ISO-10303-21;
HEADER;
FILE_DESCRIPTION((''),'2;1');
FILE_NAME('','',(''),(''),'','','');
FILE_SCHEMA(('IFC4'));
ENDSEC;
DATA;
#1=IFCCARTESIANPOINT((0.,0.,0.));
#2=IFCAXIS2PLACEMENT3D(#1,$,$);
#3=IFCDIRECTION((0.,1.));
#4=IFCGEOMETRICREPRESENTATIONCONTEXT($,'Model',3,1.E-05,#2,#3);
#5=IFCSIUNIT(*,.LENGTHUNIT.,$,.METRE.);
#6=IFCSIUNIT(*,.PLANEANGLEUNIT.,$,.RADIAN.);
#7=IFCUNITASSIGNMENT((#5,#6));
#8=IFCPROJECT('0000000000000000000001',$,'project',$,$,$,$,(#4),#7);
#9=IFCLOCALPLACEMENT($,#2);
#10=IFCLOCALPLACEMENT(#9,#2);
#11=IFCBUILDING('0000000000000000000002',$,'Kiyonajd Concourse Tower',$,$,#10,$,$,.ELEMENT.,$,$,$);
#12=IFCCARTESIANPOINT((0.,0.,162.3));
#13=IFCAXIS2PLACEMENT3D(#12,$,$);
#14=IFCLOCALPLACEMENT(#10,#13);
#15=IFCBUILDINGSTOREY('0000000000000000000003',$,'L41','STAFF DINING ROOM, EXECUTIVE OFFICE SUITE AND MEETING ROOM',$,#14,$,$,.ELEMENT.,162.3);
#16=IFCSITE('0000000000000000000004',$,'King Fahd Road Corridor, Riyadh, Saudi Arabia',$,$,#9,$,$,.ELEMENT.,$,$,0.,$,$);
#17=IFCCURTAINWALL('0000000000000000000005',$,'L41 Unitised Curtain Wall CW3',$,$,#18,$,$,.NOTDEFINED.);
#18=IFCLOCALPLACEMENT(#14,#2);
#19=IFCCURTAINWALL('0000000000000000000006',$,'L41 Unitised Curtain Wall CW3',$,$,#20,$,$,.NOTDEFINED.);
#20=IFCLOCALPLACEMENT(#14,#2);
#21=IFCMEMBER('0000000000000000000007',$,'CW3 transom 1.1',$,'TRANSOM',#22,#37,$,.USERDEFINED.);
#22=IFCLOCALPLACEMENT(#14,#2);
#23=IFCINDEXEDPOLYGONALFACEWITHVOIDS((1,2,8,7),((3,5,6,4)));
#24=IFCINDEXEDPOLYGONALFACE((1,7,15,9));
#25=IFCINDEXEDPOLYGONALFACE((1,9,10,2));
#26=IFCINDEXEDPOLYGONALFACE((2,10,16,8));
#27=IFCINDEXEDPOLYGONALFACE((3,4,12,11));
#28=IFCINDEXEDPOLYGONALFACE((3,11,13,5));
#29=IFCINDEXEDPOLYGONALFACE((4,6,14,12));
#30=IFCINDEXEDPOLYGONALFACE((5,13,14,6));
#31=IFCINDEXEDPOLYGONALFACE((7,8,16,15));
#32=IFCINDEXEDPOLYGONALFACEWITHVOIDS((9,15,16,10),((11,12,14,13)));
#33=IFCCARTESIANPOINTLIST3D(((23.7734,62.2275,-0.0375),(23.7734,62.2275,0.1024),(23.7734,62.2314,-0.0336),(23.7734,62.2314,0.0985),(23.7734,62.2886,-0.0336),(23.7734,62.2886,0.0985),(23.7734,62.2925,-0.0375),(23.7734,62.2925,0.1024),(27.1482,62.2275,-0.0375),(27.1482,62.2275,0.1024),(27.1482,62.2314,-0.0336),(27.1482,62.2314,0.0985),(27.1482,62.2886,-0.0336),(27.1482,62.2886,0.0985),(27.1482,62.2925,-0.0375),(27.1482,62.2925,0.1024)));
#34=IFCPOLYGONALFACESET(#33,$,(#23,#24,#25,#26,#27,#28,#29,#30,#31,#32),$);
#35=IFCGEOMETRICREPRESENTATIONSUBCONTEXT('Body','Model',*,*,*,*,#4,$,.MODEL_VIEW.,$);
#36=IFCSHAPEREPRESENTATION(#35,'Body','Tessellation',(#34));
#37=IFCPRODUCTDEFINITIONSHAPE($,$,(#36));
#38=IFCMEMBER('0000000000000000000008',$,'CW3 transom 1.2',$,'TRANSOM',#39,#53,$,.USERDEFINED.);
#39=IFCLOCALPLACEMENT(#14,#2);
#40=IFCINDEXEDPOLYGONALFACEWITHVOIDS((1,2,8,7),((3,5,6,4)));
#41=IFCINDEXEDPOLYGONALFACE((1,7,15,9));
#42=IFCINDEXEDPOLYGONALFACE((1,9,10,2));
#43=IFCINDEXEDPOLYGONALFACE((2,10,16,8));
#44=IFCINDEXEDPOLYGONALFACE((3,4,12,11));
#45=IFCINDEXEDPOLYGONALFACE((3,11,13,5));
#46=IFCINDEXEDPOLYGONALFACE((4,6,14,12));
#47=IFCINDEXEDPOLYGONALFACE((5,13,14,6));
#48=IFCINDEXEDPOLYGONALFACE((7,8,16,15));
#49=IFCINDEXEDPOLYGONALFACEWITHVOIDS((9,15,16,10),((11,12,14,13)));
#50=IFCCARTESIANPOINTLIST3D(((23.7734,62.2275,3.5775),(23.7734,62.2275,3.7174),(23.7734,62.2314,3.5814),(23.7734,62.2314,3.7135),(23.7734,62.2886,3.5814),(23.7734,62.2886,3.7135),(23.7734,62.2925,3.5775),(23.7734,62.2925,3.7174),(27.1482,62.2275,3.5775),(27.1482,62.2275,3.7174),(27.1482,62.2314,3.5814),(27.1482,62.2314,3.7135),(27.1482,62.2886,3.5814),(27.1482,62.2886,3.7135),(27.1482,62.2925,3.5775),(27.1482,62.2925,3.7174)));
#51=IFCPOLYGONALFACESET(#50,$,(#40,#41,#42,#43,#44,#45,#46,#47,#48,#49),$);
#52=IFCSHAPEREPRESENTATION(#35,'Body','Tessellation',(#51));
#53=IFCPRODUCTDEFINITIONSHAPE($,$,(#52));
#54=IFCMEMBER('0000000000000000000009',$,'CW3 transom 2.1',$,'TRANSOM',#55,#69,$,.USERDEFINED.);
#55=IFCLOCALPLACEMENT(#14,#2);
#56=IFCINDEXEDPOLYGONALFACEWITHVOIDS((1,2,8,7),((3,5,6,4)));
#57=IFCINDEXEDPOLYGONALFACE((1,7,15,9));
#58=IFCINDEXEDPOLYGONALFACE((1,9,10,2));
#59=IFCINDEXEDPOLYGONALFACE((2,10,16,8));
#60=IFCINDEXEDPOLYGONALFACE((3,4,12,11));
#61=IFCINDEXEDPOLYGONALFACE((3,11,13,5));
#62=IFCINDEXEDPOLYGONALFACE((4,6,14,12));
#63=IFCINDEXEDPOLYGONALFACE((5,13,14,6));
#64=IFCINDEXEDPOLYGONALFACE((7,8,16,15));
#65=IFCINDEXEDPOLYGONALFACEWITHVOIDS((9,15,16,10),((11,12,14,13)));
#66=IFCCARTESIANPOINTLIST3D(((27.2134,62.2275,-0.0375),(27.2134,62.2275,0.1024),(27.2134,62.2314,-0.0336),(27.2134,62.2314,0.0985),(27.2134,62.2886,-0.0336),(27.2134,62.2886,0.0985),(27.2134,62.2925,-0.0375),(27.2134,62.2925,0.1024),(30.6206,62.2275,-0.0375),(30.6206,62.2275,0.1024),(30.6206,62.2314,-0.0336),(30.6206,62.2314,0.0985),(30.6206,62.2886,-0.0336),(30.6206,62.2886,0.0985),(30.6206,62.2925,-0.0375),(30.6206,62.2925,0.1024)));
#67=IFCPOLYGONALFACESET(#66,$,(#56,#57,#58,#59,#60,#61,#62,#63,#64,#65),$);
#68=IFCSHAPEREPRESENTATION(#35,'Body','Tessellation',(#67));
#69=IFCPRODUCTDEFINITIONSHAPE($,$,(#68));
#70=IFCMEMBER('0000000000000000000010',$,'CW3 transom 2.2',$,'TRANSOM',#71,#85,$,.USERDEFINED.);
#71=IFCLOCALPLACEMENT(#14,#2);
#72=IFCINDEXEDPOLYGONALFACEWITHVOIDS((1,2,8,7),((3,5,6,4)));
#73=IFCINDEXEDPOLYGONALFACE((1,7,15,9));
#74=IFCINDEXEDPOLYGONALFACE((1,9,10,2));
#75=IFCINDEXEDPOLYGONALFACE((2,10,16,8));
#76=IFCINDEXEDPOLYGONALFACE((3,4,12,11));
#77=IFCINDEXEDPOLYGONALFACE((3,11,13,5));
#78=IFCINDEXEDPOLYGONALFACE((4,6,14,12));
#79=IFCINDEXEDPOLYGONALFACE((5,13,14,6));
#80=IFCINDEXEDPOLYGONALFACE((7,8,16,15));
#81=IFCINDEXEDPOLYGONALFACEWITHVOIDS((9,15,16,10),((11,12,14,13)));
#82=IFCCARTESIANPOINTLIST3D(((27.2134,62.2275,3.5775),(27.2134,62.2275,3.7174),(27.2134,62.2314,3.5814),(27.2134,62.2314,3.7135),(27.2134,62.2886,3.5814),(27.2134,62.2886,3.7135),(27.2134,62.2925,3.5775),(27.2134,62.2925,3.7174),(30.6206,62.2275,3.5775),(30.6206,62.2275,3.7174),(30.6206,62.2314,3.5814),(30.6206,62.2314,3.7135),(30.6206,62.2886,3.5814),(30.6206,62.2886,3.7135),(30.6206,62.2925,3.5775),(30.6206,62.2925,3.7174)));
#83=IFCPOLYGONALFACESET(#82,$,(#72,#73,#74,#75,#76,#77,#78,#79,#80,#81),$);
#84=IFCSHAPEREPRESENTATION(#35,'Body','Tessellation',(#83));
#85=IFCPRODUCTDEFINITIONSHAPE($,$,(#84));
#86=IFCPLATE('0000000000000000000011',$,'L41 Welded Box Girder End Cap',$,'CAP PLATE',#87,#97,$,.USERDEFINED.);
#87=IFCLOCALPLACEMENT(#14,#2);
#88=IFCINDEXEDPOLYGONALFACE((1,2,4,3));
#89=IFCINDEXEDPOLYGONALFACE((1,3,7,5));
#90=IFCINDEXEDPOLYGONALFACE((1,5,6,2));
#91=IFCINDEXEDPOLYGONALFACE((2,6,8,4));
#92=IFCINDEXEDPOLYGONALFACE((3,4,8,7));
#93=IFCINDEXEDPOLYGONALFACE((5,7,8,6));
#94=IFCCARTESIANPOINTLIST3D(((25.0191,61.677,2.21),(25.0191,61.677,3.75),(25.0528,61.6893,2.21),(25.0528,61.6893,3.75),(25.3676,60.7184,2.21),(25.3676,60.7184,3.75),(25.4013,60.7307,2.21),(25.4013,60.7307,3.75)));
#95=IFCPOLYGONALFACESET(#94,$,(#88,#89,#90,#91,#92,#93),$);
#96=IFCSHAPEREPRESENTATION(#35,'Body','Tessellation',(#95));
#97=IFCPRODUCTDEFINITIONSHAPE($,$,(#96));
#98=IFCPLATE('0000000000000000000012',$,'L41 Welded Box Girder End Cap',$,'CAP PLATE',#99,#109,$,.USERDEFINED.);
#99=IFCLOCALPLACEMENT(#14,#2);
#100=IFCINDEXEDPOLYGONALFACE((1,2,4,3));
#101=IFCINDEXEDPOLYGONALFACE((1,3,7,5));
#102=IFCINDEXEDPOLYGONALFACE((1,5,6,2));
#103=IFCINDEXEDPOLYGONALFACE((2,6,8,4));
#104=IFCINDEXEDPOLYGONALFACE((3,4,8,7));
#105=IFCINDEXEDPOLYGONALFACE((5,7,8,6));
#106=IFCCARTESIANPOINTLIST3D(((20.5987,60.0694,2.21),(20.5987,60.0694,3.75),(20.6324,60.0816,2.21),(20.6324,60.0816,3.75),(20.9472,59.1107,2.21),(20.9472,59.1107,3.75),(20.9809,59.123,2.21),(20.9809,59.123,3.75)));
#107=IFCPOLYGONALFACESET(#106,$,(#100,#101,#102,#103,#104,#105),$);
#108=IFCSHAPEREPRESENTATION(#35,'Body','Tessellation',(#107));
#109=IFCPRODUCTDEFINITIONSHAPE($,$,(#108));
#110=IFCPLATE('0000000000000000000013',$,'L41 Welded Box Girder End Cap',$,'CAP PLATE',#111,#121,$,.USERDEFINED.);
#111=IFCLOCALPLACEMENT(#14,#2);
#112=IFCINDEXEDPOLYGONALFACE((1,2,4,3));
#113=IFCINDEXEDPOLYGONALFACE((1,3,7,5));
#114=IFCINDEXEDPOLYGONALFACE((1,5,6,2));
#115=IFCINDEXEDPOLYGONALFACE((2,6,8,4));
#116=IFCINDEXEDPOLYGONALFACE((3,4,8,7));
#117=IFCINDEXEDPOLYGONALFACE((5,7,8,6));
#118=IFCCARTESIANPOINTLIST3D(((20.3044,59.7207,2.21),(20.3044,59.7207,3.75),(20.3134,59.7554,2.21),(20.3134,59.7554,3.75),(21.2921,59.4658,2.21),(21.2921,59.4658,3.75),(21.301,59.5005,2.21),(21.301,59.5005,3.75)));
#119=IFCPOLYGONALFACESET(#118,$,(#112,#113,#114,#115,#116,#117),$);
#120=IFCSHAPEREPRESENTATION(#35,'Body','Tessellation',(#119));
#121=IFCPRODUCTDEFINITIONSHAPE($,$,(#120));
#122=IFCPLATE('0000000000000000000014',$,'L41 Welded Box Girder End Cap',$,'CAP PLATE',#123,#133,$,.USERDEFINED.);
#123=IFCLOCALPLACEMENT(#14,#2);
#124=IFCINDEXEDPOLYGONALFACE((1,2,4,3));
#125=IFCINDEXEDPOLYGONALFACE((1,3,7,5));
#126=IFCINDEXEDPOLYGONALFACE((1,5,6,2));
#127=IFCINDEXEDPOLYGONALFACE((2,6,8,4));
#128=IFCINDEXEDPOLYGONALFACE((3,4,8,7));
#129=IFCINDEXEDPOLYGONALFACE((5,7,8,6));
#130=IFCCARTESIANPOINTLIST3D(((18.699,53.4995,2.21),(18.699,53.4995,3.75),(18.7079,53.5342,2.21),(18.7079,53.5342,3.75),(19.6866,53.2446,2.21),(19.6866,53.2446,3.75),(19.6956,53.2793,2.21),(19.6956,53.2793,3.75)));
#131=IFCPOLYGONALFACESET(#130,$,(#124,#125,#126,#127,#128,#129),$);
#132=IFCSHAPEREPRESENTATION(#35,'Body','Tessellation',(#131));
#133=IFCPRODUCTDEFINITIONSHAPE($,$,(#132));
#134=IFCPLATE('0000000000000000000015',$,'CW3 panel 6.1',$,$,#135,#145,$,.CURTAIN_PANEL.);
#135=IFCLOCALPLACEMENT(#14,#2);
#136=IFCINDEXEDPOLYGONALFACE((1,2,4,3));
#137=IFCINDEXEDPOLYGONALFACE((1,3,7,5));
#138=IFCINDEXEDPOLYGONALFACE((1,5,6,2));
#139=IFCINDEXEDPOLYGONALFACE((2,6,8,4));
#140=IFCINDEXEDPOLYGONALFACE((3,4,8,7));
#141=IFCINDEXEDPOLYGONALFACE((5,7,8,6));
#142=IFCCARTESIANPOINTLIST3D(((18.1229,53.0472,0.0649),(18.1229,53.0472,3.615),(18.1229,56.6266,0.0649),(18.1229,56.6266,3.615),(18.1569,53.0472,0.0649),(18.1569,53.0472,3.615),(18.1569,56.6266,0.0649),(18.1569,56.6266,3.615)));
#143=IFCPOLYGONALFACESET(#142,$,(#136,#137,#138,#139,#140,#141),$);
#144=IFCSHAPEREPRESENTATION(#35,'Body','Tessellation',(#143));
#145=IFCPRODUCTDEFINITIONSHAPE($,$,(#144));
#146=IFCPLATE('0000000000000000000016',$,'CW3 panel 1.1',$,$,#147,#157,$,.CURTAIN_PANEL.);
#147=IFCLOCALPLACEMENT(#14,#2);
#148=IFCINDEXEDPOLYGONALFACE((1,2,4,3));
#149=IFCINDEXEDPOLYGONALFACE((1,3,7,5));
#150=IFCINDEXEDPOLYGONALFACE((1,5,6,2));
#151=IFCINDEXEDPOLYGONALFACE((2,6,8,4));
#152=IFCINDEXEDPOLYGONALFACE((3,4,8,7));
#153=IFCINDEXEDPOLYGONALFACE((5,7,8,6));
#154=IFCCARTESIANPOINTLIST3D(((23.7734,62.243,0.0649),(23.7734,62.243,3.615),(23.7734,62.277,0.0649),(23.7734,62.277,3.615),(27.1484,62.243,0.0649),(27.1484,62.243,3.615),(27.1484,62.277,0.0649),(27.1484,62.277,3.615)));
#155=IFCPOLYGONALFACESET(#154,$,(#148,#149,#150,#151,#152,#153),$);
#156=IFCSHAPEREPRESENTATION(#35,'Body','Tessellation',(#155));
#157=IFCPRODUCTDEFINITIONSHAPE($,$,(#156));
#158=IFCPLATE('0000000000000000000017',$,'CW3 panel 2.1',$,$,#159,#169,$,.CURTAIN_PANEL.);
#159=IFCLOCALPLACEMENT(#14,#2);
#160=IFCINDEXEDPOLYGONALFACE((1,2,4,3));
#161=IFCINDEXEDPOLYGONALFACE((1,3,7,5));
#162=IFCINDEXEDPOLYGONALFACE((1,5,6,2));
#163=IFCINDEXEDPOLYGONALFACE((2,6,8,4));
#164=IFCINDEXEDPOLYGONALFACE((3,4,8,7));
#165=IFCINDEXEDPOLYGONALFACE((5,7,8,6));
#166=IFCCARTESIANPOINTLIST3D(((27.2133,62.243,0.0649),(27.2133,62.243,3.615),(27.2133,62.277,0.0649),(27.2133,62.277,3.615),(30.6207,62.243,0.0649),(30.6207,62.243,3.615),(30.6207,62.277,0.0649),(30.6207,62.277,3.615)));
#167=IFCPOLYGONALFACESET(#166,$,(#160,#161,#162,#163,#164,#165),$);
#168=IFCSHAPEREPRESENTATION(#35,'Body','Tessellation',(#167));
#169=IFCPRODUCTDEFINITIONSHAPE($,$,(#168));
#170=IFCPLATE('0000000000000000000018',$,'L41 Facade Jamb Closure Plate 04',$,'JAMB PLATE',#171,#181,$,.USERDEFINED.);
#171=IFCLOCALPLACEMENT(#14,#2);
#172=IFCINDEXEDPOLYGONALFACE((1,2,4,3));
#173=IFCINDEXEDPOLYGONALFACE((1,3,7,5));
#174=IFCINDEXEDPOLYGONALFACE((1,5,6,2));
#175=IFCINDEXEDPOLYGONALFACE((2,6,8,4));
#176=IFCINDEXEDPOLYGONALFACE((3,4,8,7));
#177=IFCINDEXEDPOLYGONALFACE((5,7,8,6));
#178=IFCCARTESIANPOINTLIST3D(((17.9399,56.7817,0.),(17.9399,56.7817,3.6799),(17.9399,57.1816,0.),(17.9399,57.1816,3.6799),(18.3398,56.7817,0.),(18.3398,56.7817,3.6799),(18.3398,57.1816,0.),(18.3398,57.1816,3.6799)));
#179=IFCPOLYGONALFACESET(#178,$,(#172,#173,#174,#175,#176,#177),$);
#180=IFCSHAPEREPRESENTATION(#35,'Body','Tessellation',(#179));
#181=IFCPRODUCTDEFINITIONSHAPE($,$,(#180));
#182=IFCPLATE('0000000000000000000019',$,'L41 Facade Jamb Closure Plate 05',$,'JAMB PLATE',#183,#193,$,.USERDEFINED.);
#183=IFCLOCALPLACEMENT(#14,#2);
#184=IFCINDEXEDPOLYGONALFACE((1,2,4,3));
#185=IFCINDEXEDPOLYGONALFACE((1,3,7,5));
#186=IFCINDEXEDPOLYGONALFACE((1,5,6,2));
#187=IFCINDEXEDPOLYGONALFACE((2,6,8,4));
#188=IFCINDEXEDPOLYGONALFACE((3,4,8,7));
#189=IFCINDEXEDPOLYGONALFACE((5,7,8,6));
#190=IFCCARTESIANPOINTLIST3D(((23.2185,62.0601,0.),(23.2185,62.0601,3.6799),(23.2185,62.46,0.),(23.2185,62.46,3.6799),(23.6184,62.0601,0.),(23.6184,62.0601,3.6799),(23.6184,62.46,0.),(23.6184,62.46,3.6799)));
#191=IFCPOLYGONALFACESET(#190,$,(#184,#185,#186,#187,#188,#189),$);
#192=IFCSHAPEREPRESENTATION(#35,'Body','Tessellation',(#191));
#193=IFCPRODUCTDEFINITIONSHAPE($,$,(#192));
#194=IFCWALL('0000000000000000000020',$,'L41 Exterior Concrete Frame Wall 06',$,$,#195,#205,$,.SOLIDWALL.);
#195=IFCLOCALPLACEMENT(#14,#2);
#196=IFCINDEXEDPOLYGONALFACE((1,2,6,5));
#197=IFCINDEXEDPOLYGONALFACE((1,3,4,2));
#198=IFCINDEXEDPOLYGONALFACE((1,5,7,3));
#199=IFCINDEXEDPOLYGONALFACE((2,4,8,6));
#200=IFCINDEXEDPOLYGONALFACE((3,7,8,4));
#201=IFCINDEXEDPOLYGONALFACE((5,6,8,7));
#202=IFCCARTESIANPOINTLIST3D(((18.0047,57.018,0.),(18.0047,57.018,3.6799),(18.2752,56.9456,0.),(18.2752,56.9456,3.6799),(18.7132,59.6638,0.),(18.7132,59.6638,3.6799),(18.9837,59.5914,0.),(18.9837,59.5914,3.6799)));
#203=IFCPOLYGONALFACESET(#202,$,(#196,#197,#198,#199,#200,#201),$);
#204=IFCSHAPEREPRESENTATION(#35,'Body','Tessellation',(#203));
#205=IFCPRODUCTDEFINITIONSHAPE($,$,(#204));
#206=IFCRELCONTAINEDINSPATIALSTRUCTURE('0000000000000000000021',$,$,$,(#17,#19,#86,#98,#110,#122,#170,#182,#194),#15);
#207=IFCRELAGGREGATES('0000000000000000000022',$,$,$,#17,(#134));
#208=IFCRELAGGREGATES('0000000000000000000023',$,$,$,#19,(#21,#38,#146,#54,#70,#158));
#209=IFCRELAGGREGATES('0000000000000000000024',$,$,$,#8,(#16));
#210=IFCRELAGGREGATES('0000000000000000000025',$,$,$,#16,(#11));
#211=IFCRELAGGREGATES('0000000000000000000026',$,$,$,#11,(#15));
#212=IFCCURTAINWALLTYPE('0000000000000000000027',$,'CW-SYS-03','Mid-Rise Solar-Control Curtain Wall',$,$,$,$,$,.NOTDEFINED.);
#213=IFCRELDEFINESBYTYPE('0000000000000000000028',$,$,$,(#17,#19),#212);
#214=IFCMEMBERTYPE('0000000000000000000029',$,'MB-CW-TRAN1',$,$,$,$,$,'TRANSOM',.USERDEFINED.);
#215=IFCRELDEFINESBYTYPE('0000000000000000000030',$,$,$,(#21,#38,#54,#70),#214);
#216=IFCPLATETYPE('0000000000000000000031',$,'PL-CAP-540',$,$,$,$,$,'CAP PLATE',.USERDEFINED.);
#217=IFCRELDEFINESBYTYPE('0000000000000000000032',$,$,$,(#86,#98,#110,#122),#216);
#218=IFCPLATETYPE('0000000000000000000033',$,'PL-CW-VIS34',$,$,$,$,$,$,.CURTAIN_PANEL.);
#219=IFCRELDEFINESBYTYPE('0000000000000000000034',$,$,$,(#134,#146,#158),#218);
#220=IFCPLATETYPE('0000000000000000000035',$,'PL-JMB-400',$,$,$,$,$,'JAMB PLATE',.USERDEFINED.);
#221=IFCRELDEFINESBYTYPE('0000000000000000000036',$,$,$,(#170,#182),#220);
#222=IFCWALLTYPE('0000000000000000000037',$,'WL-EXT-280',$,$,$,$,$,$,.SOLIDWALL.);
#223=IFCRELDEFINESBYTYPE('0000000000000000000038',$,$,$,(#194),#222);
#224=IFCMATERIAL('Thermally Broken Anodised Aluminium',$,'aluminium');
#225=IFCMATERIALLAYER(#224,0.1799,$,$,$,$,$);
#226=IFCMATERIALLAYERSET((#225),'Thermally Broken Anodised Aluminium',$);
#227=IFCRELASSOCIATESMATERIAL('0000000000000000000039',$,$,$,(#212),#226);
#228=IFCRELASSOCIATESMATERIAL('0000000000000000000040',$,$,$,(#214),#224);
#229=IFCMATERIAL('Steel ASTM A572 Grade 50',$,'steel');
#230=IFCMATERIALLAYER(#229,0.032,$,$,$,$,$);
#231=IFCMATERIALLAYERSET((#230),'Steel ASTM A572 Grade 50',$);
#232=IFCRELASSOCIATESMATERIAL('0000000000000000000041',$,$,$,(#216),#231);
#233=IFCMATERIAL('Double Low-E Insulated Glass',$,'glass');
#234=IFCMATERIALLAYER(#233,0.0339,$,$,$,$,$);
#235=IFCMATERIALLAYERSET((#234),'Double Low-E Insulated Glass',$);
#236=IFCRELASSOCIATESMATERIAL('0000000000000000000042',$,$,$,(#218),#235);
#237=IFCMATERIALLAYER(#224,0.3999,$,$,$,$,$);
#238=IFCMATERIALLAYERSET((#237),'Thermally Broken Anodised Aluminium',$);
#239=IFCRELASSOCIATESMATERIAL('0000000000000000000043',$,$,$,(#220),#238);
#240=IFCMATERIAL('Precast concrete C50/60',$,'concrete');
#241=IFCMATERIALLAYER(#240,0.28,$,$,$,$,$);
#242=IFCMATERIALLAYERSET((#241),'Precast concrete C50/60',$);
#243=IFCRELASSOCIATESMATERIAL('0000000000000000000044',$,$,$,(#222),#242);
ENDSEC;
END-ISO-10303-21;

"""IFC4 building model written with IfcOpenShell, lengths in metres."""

from ifc_helpers import new_model, si_unit, direction, frame, frame_2d, origin, origin_2d, place, context, subcontext, project, spatial, rectangle, hollow_rectangle, extrude, material, layer, layer_set, material_profile, profile_set, type_object, element, aggregate, save


model = new_model("IFC4")

# Units and contexts
model_context = context("Model", 3, precision=1e-05, world=origin(), true_north=direction((0.0, 1.0)))
body_context = subcontext(model_context, "Body", "Model", "MODEL_VIEW")
ifc_project = project(units=[si_unit("LENGTHUNIT", "METRE"), si_unit("PLANEANGLEUNIT", "RADIAN")], contexts=[model_context])

# Site, building, storey
site_placement = place(None, origin())
site = spatial("IfcSite", under=ifc_project, at=site_placement, Name="King Fahd Road Corridor, Riyadh, Saudi Arabia", CompositionType="ELEMENT", RefElevation=0.0)
building_placement = place(site_placement, origin())
building = spatial("IfcBuilding", under=site, at=building_placement, Name="Kiyonajd Concourse Tower", CompositionType="ELEMENT")
storey_placement = place(building_placement, frame((0.0, 0.0, 162.3)))
storey = spatial("IfcBuildingStorey", under=building, at=storey_placement, Name="L41", Description="STAFF DINING ROOM, EXECUTIVE OFFICE SUITE AND MEETING ROOM", CompositionType="ELEMENT", Elevation=162.3)

# Shared definitions
ifc_material_1 = material(Name="Steel ASTM A572 Grade 50", Category="steel")

# Curtain wall
ifc_material_2 = material(Name="Thermally Broken Anodised Aluminium", Category="aluminium")
ifc_layer_1 = layer(ifc_material_2, 0.1799)
ifc_layer_set_1 = layer_set([ifc_layer_1], Name="Thermally Broken Anodised Aluminium")
curtain_wall_type = type_object("IfcCurtainWallType", Name="CW-SYS-03", Description="Mid-Rise Solar-Control Curtain Wall", PredefinedType="NOTDEFINED", material=ifc_layer_set_1)
curtain_wall_1_placement = place(storey_placement, origin())
curtain_wall_1 = element("IfcCurtainWall", 1, at=curtain_wall_1_placement, inside=storey, type_object=curtain_wall_type, Name="L41 Unitised Curtain Wall CW3", PredefinedType="NOTDEFINED")

# Curtain wall, members
curtain_wall_2_placement = place(storey_placement, origin())
curtain_wall_2 = element("IfcCurtainWall", 2, at=curtain_wall_2_placement, inside=storey, type_object=curtain_wall_type, Name="L41 Unitised Curtain Wall CW3", PredefinedType="NOTDEFINED")
ifc_material_profile_1 = material_profile(ifc_material_2, hollow_rectangle(XDim=0.0649, YDim=0.1399, WallThickness=0.0039, at=origin_2d()), Name="TRAN-65x140")
ifc_profile_set_1 = profile_set([ifc_material_profile_1], Name="Thermally Broken Anodised Aluminium")
member_type_1 = type_object("IfcMemberType", Name="MB-CW-TRAN1", ElementType="TRANSOM", PredefinedType="USERDEFINED", material=ifc_profile_set_1)
member_1_placement = place(storey_placement, frame((23.7734, 62.26, 0.0325), z_axis=(1.0, 0.0, 0.0), x_axis=(0.0, 1.0, 0.0)))
member_1 = element("IfcMember", 3, at=member_1_placement, type_object=member_type_1, Name="CW3 transom 1.1", ObjectType="TRANSOM", PredefinedType="USERDEFINED", context=body_context, shape_type="SweptSolid", body=[
    extrude(hollow_rectangle(XDim=0.0649, YDim=0.1399, WallThickness=0.0039, at=origin_2d()), origin(), (0.0, 0.0, 1.0), 3.3748),
])
member_2_placement = place(storey_placement, frame((23.7734, 62.26, 3.6475), z_axis=(1.0, 0.0, 0.0), x_axis=(0.0, 1.0, 0.0)))
member_2 = element("IfcMember", 4, at=member_2_placement, type_object=member_type_1, Name="CW3 transom 1.2", ObjectType="TRANSOM", PredefinedType="USERDEFINED", context=body_context, shape_type="SweptSolid", body=[
    extrude(hollow_rectangle(XDim=0.0649, YDim=0.1399, WallThickness=0.0039, at=origin_2d()), origin(), (0.0, 0.0, 1.0), 3.3748),
])
member_3_placement = place(storey_placement, frame((27.2134, 62.26, 0.0325), z_axis=(1.0, 0.0, 0.0), x_axis=(0.0, 1.0, 0.0)))
member_3 = element("IfcMember", 5, at=member_3_placement, type_object=member_type_1, Name="CW3 transom 2.1", ObjectType="TRANSOM", PredefinedType="USERDEFINED", context=body_context, shape_type="SweptSolid", body=[
    extrude(hollow_rectangle(XDim=0.0649, YDim=0.1399, WallThickness=0.0039, at=origin_2d()), origin(), (0.0, 0.0, 1.0), 3.4072),
])
member_4_placement = place(storey_placement, frame((27.2134, 62.26, 3.6475), z_axis=(1.0, 0.0, 0.0), x_axis=(0.0, 1.0, 0.0)))
member_4 = element("IfcMember", 6, at=member_4_placement, type_object=member_type_1, Name="CW3 transom 2.2", ObjectType="TRANSOM", PredefinedType="USERDEFINED", context=body_context, shape_type="SweptSolid", body=[
    extrude(hollow_rectangle(XDim=0.0649, YDim=0.1399, WallThickness=0.0039, at=origin_2d()), origin(), (0.0, 0.0, 1.0), 3.4072),
])

# Plates
ifc_layer_2 = layer(ifc_material_1, 0.032)
ifc_layer_set_2 = layer_set([ifc_layer_2], Name="Steel ASTM A572 Grade 50")
plate_type_1 = type_object("IfcPlateType", Name="PL-CAP-540", ElementType="CAP PLATE", PredefinedType="USERDEFINED", material=ifc_layer_set_2)
for number, where, z_axis, x_axis, name in (
    (7, (25.2102, 61.2039, 2.21), (0.0, 0.0, 1.0), (0.939812, 0.341692, 0.0), "L41 Welded Box Girder End Cap"),
    (8, (20.7898, 59.5962, 2.21), (0.0, 0.0, 1.0), (-0.939812, -0.341692, 0.0), "L41 Welded Box Girder End Cap"),
    (9, (20.8027, 59.6106, 2.21), (0.0, 0.0, 1.0), (0.249873, 0.968279, 0.0), "L41 Welded Box Girder End Cap"),
    (10, (19.1973, 53.3894, 2.21), (0.0, 0.0, 1.0), (-0.249873, -0.968279, 0.0), "L41 Welded Box Girder End Cap"),
):
    element("IfcPlate", number, at=place(storey_placement, frame(where, z_axis=z_axis, x_axis=x_axis)), inside=storey, type_object=plate_type_1, Name=name, ObjectType="CAP PLATE", PredefinedType="USERDEFINED", context=body_context, shape_type="SweptSolid", body=[
        extrude(rectangle(XDim=0.0359, YDim=1.02, at=origin_2d()), origin(), (0.0, 0.0, 1.0), 1.54),
    ])

# Plates
ifc_material_3 = material(Name="Double Low-E Insulated Glass", Category="glass")
ifc_layer_3 = layer(ifc_material_3, 0.0339)
ifc_layer_set_3 = layer_set([ifc_layer_3], Name="Double Low-E Insulated Glass")
plate_type_2 = type_object("IfcPlateType", Name="PL-CW-VIS34", PredefinedType="CURTAIN_PANEL", material=ifc_layer_set_3)
plate_1_placement = place(storey_placement, frame((18.1399, 54.8369, 0.0649), z_axis=(0.0, 0.0, 1.0), x_axis=(0.0, 1.0, 0.0)))
plate_1 = element("IfcPlate", 11, at=plate_1_placement, type_object=plate_type_2, Name="CW3 panel 6.1", PredefinedType="CURTAIN_PANEL", context=body_context, shape_type="SweptSolid", body=[
    extrude(rectangle(XDim=3.5793, YDim=0.0339, at=origin_2d()), origin(), (0.0, 0.0, 1.0), 3.55),
])
aggregate(curtain_wall_1, [plate_1])
plate_2_placement = place(storey_placement, frame((25.4609, 62.26, 0.0649), z_axis=(0.0, 0.0, 1.0), x_axis=(1.0, 0.0, 0.0)))
plate_2 = element("IfcPlate", 12, at=plate_2_placement, type_object=plate_type_2, Name="CW3 panel 1.1", PredefinedType="CURTAIN_PANEL", context=body_context, shape_type="SweptSolid", body=[
    extrude(rectangle(XDim=3.375, YDim=0.0339, at=origin_2d()), origin(), (0.0, 0.0, 1.0), 3.55),
])
plate_3_placement = place(storey_placement, frame((28.917, 62.26, 0.0649), z_axis=(0.0, 0.0, 1.0), x_axis=(1.0, 0.0, 0.0)))
plate_3 = element("IfcPlate", 13, at=plate_3_placement, type_object=plate_type_2, Name="CW3 panel 2.1", PredefinedType="CURTAIN_PANEL", context=body_context, shape_type="SweptSolid", body=[
    extrude(rectangle(XDim=3.4075, YDim=0.0339, at=origin_2d()), origin(), (0.0, 0.0, 1.0), 3.55),
])
aggregate(curtain_wall_2, [member_1, member_2, plate_2, member_3, member_4, plate_3])

# Plates
ifc_layer_4 = layer(ifc_material_2, 0.3999)
ifc_layer_set_4 = layer_set([ifc_layer_4], Name="Thermally Broken Anodised Aluminium")
plate_type_3 = type_object("IfcPlateType", Name="PL-JMB-400", ElementType="JAMB PLATE", PredefinedType="USERDEFINED", material=ifc_layer_set_4)
for number, where, z_axis, x_axis, name in (
    (14, (18.1399, 56.9817, 0.0), (0.0, 0.0, 1.0), (1.0, 0.0, 0.0), "L41 Facade Jamb Closure Plate 04"),
    (15, (23.4185, 62.26, 0.0), (0.0, 0.0, 1.0), (1.0, 0.0, 0.0), "L41 Facade Jamb Closure Plate 05"),
):
    element("IfcPlate", number, at=place(storey_placement, frame(where, z_axis=z_axis, x_axis=x_axis)), inside=storey, type_object=plate_type_3, Name=name, ObjectType="JAMB PLATE", PredefinedType="USERDEFINED", context=body_context, shape_type="SweptSolid", body=[
        extrude(rectangle(XDim=0.3999, YDim=0.3999, at=origin_2d()), origin(), (0.0, 0.0, 1.0), 3.6799),
    ])

# Wall
ifc_material_4 = material(Name="Precast concrete C50/60", Category="concrete")
ifc_layer_5 = layer(ifc_material_4, 0.28)
ifc_layer_set_5 = layer_set([ifc_layer_5], Name="Precast concrete C50/60")
wall_type = type_object("IfcWallType", Name="WL-EXT-280", PredefinedType="SOLIDWALL", material=ifc_layer_set_5)
wall_1_placement = place(storey_placement, frame((18.1399, 56.9817, 0.0), z_axis=(0.0, 0.0, 1.0), x_axis=(0.258672, 0.965965, 0.0)))
element("IfcWall", 16, at=wall_1_placement, inside=storey, type_object=wall_type, Name="L41 Exterior Concrete Frame Wall 06", PredefinedType="SOLIDWALL", context=body_context, shape_type="SweptSolid", body=[
    extrude(rectangle(XDim=2.739, YDim=0.28, at=frame_2d((1.3696, 0.0))), origin(), (0.0, 0.0, 1.0), 3.6799),
])

save(model, "model.ifc")
